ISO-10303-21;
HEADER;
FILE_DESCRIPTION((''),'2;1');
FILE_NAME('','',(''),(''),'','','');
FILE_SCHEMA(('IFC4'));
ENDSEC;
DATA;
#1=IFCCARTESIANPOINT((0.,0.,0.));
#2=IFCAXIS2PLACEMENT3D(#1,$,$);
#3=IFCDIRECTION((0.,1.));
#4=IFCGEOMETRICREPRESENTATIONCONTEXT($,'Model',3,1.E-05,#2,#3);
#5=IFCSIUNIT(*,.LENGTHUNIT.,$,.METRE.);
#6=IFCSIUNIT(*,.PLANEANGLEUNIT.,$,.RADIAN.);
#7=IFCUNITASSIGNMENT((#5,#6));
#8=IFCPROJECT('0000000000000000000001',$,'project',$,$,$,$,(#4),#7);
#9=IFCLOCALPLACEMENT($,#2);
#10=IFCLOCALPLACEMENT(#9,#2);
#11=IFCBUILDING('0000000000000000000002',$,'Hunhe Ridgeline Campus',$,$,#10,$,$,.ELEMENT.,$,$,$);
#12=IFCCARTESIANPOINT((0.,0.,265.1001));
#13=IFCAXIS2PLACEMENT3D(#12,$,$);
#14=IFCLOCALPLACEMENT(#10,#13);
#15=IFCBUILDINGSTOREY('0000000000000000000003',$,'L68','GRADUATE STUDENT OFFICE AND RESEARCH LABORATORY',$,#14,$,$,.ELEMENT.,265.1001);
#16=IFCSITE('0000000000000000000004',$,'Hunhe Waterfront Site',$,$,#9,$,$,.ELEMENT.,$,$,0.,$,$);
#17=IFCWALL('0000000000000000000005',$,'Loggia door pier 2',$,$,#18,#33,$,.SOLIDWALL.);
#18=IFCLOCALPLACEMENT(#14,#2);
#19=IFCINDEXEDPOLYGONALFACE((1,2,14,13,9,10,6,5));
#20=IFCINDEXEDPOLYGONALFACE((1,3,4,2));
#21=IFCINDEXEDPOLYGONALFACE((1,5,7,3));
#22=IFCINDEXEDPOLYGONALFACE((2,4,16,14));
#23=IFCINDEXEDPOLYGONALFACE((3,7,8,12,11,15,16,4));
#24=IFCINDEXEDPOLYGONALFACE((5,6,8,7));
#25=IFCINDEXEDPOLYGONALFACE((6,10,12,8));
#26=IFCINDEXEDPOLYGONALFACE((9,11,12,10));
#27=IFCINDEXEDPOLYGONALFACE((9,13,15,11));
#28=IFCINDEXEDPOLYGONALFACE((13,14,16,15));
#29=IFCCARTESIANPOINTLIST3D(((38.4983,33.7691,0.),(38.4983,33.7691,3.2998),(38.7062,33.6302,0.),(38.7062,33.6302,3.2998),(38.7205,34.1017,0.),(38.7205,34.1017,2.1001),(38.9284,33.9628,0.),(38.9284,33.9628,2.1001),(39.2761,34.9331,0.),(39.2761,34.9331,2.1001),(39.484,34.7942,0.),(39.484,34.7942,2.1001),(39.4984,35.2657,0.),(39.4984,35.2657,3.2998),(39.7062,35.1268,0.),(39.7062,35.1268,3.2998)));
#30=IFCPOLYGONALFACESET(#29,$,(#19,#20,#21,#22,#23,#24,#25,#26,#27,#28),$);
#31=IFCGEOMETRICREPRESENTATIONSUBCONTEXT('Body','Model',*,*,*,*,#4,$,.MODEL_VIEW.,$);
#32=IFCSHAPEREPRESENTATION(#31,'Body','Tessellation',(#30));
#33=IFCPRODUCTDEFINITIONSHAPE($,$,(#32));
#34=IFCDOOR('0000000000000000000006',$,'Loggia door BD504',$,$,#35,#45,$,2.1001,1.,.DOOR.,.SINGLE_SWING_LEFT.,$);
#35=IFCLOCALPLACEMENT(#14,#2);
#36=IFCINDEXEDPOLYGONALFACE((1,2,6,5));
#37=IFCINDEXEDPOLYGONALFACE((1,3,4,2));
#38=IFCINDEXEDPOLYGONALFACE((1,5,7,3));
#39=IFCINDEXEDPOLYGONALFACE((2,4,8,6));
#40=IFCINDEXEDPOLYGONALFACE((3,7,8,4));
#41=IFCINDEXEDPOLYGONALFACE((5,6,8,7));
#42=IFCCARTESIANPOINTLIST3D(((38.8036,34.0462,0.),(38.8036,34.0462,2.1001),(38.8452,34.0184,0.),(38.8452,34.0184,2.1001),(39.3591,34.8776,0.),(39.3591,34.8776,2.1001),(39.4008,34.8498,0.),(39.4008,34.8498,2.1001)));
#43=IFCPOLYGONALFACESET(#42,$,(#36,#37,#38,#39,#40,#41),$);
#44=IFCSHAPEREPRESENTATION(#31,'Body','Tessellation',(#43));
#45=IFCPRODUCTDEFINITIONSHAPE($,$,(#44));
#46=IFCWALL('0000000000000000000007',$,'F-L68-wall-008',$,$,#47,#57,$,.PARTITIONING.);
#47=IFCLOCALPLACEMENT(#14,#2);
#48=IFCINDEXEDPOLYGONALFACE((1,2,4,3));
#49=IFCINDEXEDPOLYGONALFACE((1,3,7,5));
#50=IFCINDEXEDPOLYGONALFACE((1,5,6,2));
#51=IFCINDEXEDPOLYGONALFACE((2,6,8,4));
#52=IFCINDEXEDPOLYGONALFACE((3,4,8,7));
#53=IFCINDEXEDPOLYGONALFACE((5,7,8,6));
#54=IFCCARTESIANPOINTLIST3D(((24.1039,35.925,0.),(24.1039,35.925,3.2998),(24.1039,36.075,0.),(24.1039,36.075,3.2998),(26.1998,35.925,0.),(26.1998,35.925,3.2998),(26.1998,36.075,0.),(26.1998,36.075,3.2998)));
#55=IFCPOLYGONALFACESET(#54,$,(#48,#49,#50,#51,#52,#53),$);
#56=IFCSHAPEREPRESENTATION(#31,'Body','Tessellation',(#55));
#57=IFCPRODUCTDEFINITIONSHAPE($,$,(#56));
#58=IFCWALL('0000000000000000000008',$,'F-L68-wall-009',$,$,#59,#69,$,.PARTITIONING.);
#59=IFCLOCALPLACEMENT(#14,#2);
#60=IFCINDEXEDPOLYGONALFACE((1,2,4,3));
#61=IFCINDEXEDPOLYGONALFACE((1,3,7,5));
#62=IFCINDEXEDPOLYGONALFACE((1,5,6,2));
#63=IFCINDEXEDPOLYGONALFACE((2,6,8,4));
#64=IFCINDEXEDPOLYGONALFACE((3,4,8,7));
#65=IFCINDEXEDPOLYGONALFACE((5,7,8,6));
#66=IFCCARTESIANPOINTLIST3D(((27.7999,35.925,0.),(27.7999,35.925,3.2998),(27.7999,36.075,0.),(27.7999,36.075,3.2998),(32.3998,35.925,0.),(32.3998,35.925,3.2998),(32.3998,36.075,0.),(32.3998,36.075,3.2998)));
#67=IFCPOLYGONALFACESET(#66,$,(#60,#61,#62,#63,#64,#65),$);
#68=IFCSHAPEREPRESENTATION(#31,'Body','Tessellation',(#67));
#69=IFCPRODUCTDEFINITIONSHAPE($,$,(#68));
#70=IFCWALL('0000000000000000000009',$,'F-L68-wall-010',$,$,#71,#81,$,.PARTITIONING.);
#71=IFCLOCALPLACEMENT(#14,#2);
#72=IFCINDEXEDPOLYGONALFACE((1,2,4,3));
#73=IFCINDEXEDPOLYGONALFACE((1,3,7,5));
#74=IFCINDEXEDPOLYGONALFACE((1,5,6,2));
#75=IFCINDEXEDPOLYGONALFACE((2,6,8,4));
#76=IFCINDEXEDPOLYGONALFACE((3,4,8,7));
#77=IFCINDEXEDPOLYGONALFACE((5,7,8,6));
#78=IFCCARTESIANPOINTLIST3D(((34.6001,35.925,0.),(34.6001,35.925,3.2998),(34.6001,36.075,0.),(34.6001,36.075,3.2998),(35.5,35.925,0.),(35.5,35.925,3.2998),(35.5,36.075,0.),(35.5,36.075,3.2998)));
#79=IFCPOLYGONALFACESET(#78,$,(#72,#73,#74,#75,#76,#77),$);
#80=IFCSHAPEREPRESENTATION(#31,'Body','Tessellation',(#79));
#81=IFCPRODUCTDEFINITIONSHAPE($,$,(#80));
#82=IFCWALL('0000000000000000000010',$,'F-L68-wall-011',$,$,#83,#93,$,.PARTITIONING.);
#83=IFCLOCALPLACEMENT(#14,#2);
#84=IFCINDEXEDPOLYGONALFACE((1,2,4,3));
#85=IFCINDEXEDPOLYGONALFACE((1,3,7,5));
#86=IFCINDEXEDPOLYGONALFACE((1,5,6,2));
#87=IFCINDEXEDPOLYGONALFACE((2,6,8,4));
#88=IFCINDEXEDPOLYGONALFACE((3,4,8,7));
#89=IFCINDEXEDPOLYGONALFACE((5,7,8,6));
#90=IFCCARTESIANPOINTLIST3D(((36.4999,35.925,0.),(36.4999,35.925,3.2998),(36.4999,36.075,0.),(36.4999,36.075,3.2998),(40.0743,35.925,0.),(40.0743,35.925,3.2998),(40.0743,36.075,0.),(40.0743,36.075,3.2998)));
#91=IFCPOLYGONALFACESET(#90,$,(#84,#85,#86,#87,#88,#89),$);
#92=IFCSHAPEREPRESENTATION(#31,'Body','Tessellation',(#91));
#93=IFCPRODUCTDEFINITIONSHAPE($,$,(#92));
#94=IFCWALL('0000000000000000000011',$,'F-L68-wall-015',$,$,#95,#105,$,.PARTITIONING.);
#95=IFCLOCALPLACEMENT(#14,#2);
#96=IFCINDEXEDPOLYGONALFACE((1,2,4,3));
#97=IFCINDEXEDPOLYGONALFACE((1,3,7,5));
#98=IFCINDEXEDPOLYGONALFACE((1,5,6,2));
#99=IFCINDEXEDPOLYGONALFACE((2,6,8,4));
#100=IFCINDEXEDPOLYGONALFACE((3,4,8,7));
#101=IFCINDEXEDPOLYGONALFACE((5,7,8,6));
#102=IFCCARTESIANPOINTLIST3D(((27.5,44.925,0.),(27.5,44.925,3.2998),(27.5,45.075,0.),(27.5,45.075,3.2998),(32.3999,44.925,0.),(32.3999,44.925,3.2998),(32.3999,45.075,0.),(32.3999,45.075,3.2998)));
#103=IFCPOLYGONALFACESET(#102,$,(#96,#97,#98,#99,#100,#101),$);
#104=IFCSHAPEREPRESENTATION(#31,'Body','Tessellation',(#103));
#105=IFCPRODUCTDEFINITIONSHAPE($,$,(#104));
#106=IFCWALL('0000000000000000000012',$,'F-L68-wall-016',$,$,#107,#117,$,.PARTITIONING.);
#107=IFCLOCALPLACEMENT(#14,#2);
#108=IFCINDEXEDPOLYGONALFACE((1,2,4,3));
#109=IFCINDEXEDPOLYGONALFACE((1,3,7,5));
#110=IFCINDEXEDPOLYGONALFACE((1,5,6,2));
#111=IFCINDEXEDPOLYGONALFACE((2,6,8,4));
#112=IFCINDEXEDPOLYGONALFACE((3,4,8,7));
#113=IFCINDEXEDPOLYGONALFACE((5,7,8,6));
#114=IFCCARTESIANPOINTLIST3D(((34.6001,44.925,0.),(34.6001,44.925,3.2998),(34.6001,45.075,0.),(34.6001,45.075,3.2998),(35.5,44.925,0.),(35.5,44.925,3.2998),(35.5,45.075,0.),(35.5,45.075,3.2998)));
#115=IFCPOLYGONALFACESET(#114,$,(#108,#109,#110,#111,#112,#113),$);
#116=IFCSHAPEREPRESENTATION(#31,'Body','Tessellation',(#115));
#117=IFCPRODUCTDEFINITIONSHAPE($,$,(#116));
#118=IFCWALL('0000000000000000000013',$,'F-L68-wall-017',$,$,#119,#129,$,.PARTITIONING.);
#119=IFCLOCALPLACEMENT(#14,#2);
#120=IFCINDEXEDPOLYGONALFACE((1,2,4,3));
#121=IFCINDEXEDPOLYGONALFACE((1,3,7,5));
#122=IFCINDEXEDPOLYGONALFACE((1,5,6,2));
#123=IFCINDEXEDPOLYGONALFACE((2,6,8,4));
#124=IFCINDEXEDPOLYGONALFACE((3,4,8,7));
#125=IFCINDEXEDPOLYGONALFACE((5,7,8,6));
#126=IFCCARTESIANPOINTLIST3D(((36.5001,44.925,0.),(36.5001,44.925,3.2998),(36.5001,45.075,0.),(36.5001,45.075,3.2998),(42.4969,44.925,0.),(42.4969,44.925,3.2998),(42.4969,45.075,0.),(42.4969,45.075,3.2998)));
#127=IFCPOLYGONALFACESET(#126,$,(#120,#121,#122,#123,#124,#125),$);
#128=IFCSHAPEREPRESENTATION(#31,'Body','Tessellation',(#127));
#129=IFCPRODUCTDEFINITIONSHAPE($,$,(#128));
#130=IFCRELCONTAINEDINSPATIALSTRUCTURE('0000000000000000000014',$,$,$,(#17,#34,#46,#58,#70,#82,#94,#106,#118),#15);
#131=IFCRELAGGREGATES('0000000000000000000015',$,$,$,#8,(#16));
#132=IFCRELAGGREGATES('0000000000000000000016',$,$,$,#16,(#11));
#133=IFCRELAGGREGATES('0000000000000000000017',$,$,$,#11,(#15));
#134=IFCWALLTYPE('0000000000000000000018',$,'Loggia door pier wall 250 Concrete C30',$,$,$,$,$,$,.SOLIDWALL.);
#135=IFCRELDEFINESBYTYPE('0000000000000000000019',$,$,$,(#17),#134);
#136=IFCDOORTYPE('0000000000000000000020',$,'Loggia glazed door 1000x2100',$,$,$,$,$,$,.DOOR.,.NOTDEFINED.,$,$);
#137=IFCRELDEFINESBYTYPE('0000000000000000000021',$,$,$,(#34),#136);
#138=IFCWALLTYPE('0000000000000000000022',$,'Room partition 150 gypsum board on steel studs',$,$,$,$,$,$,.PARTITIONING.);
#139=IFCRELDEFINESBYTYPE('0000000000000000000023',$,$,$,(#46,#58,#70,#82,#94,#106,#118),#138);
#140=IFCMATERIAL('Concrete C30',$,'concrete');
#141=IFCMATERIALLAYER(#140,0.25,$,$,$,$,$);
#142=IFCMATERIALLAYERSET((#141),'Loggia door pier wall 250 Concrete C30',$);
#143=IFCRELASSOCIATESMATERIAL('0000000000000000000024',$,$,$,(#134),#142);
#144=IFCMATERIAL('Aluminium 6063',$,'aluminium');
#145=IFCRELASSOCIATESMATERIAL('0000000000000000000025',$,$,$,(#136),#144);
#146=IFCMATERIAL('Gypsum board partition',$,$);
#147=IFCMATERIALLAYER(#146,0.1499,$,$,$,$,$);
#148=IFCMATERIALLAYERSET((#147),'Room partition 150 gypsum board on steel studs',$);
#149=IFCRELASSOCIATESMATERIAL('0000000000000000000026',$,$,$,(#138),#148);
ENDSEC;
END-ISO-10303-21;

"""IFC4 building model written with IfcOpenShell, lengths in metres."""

from ifc_helpers import new_model, si_unit, direction, frame, frame_2d, origin, place, context, subcontext, project, spatial, rectangle, extrude, material, layer, layer_set, type_object, element, fill, save


model = new_model("IFC4")

# Units and contexts
model_context = context("Model", 3, precision=1e-05, world=origin(), true_north=direction((0.0, 1.0)))
body_context = subcontext(model_context, "Body", "Model", "MODEL_VIEW")
ifc_project = project(units=[si_unit("LENGTHUNIT", "METRE"), si_unit("PLANEANGLEUNIT", "RADIAN")], contexts=[model_context])

# Site, building, storey
site_placement = place(None, origin())
site = spatial("IfcSite", under=ifc_project, at=site_placement, Name="Hunhe Waterfront Site", CompositionType="ELEMENT", RefElevation=0.0)
building_placement = place(site_placement, origin())
building = spatial("IfcBuilding", under=site, at=building_placement, Name="Hunhe Ridgeline Campus", CompositionType="ELEMENT")
storey_placement = place(building_placement, frame((0.0, 0.0, 265.1001)))
storey = spatial("IfcBuildingStorey", under=building, at=storey_placement, Name="L68", Description="GRADUATE STUDENT OFFICE AND RESEARCH LABORATORY", CompositionType="ELEMENT", Elevation=265.1001)

# Shared definitions
ifc_material_1 = material(Name="Aluminium 6063", Category="aluminium")

# Shared definitions
ifc_material_2 = material(Name="Gypsum board partition")

# Wall, opening, door
ifc_material_3 = material(Name="Concrete C30", Category="concrete")
ifc_layer_1 = layer(ifc_material_3, 0.25)
ifc_layer_set_1 = layer_set([ifc_layer_1], Name="Loggia door pier wall 250 Concrete C30")
wall_type_1 = type_object("IfcWallType", Name="Loggia door pier wall 250 Concrete C30", PredefinedType="SOLIDWALL", material=ifc_layer_set_1)
wall_1_placement = place(storey_placement, frame((38.6023, 33.6997, 0.0), z_axis=(0.0, 0.0, 1.0), x_axis=(0.555576, 0.831466, 0.0)))
wall_1 = element("IfcWall", 1, at=wall_1_placement, inside=storey, type_object=wall_type_1, Name="Loggia door pier 2", PredefinedType="SOLIDWALL", context=body_context, shape_type="SweptSolid", body=[
    extrude(rectangle(XDim=1.8, YDim=0.25, at=frame_2d((0.8999, 0.0))), origin(), (0.0, 0.0, 1.0), 3.2998),
])
opening_placement = place(wall_1_placement, frame((0.3999, 0.0, 0.0)))
opening = element("IfcOpeningElement", 2, at=opening_placement, cuts=wall_1, PredefinedType="OPENING", context=body_context, shape_type="SweptSolid", body=[
    extrude(rectangle(XDim=1.0, YDim=2.1001, at=frame_2d((0.5, 1.05))), frame((0.0, 0.125, 0.0), z_axis=(0.0, -1.0, 0.0), x_axis=(1.0, 0.0, 0.0)), (0.0, 0.0, 1.0), 0.25),
])
door_type = type_object("IfcDoorType", Name="Loggia glazed door 1000x2100", OperationType="NOTDEFINED", PredefinedType="DOOR", material=ifc_material_1)
door_placement = place(opening_placement, frame((1.0, 0.0, 0.0), z_axis=(0.0, 0.0, 1.0), x_axis=(-1.0, 0.0, 0.0)))
door = element("IfcDoor", 3, at=door_placement, inside=storey, type_object=door_type, Name="Loggia door BD504", OperationType="SINGLE_SWING_LEFT", OverallHeight=2.1001, OverallWidth=1.0, PredefinedType="DOOR", context=body_context, shape_type="SweptSolid", body=[
    extrude(rectangle(XDim=1.0, YDim=2.1001, at=frame_2d((0.5, 1.05))), frame((0.0, 0.0249, 0.0), z_axis=(0.0, -1.0, 0.0), x_axis=(1.0, 0.0, 0.0)), (0.0, 0.0, 1.0), 0.05),
])
fill(opening, door)

# Walls
ifc_layer_2 = layer(ifc_material_2, 0.1499)
ifc_layer_set_2 = layer_set([ifc_layer_2], Name="Room partition 150 gypsum board on steel studs")
wall_type_2 = type_object("IfcWallType", Name="Room partition 150 gypsum board on steel studs", PredefinedType="PARTITIONING", material=ifc_layer_set_2)
wall_2_placement = place(storey_placement, frame((24.104, 36.0, 0.0), z_axis=(0.0, 0.0, 1.0), x_axis=(1.0, 0.0, 0.0)))
element("IfcWall", 4, at=wall_2_placement, inside=storey, type_object=wall_type_2, Name="F-L68-wall-008", PredefinedType="PARTITIONING", context=body_context, shape_type="SweptSolid", body=[
    extrude(rectangle(XDim=2.0959, YDim=0.1499, at=frame_2d((1.0479, 0.0))), origin(), (0.0, 0.0, 1.0), 3.2998),
])
wall_3_placement = place(storey_placement, frame((27.8, 36.0, 0.0), z_axis=(0.0, 0.0, 1.0), x_axis=(1.0, 0.0, 0.0)))
element("IfcWall", 5, at=wall_3_placement, inside=storey, type_object=wall_type_2, Name="F-L68-wall-009", PredefinedType="PARTITIONING", context=body_context, shape_type="SweptSolid", body=[
    extrude(rectangle(XDim=4.5999, YDim=0.1499, at=frame_2d((2.2998, 0.0))), origin(), (0.0, 0.0, 1.0), 3.2998),
])
wall_4_placement = place(storey_placement, frame((34.6001, 36.0, 0.0), z_axis=(0.0, 0.0, 1.0), x_axis=(1.0, 0.0, 0.0)))
element("IfcWall", 6, at=wall_4_placement, inside=storey, type_object=wall_type_2, Name="F-L68-wall-010", PredefinedType="PARTITIONING", context=body_context, shape_type="SweptSolid", body=[
    extrude(rectangle(XDim=0.8999, YDim=0.1499, at=frame_2d((0.45, 0.0))), origin(), (0.0, 0.0, 1.0), 3.2998),
])
wall_5_placement = place(storey_placement, frame((36.5, 36.0, 0.0), z_axis=(0.0, 0.0, 1.0), x_axis=(1.0, 0.0, 0.0)))
element("IfcWall", 7, at=wall_5_placement, inside=storey, type_object=wall_type_2, Name="F-L68-wall-011", PredefinedType="PARTITIONING", context=body_context, shape_type="SweptSolid", body=[
    extrude(rectangle(XDim=3.5745, YDim=0.1499, at=frame_2d((1.7871, 0.0))), origin(), (0.0, 0.0, 1.0), 3.2998),
])
wall_6_placement = place(storey_placement, frame((27.5, 45.0, 0.0), z_axis=(0.0, 0.0, 1.0), x_axis=(1.0, 0.0, 0.0)))
element("IfcWall", 8, at=wall_6_placement, inside=storey, type_object=wall_type_2, Name="F-L68-wall-015", PredefinedType="PARTITIONING", context=body_context, shape_type="SweptSolid", body=[
    extrude(rectangle(XDim=4.8999, YDim=0.1499, at=frame_2d((2.45, 0.0))), origin(), (0.0, 0.0, 1.0), 3.2998),
])
wall_7_placement = place(storey_placement, frame((34.6001, 45.0, 0.0), z_axis=(0.0, 0.0, 1.0), x_axis=(1.0, 0.0, 0.0)))
element("IfcWall", 9, at=wall_7_placement, inside=storey, type_object=wall_type_2, Name="F-L68-wall-016", PredefinedType="PARTITIONING", context=body_context, shape_type="SweptSolid", body=[
    extrude(rectangle(XDim=0.8999, YDim=0.1499, at=frame_2d((0.45, 0.0))), origin(), (0.0, 0.0, 1.0), 3.2998),
])
wall_8_placement = place(storey_placement, frame((36.5, 45.0, 0.0), z_axis=(0.0, 0.0, 1.0), x_axis=(1.0, 0.0, 0.0)))
element("IfcWall", 10, at=wall_8_placement, inside=storey, type_object=wall_type_2, Name="F-L68-wall-017", PredefinedType="PARTITIONING", context=body_context, shape_type="SweptSolid", body=[
    extrude(rectangle(XDim=5.9968, YDim=0.1499, at=frame_2d((2.9985, 0.0))), origin(), (0.0, 0.0, 1.0), 3.2998),
])

save(model, "model.ifc")
